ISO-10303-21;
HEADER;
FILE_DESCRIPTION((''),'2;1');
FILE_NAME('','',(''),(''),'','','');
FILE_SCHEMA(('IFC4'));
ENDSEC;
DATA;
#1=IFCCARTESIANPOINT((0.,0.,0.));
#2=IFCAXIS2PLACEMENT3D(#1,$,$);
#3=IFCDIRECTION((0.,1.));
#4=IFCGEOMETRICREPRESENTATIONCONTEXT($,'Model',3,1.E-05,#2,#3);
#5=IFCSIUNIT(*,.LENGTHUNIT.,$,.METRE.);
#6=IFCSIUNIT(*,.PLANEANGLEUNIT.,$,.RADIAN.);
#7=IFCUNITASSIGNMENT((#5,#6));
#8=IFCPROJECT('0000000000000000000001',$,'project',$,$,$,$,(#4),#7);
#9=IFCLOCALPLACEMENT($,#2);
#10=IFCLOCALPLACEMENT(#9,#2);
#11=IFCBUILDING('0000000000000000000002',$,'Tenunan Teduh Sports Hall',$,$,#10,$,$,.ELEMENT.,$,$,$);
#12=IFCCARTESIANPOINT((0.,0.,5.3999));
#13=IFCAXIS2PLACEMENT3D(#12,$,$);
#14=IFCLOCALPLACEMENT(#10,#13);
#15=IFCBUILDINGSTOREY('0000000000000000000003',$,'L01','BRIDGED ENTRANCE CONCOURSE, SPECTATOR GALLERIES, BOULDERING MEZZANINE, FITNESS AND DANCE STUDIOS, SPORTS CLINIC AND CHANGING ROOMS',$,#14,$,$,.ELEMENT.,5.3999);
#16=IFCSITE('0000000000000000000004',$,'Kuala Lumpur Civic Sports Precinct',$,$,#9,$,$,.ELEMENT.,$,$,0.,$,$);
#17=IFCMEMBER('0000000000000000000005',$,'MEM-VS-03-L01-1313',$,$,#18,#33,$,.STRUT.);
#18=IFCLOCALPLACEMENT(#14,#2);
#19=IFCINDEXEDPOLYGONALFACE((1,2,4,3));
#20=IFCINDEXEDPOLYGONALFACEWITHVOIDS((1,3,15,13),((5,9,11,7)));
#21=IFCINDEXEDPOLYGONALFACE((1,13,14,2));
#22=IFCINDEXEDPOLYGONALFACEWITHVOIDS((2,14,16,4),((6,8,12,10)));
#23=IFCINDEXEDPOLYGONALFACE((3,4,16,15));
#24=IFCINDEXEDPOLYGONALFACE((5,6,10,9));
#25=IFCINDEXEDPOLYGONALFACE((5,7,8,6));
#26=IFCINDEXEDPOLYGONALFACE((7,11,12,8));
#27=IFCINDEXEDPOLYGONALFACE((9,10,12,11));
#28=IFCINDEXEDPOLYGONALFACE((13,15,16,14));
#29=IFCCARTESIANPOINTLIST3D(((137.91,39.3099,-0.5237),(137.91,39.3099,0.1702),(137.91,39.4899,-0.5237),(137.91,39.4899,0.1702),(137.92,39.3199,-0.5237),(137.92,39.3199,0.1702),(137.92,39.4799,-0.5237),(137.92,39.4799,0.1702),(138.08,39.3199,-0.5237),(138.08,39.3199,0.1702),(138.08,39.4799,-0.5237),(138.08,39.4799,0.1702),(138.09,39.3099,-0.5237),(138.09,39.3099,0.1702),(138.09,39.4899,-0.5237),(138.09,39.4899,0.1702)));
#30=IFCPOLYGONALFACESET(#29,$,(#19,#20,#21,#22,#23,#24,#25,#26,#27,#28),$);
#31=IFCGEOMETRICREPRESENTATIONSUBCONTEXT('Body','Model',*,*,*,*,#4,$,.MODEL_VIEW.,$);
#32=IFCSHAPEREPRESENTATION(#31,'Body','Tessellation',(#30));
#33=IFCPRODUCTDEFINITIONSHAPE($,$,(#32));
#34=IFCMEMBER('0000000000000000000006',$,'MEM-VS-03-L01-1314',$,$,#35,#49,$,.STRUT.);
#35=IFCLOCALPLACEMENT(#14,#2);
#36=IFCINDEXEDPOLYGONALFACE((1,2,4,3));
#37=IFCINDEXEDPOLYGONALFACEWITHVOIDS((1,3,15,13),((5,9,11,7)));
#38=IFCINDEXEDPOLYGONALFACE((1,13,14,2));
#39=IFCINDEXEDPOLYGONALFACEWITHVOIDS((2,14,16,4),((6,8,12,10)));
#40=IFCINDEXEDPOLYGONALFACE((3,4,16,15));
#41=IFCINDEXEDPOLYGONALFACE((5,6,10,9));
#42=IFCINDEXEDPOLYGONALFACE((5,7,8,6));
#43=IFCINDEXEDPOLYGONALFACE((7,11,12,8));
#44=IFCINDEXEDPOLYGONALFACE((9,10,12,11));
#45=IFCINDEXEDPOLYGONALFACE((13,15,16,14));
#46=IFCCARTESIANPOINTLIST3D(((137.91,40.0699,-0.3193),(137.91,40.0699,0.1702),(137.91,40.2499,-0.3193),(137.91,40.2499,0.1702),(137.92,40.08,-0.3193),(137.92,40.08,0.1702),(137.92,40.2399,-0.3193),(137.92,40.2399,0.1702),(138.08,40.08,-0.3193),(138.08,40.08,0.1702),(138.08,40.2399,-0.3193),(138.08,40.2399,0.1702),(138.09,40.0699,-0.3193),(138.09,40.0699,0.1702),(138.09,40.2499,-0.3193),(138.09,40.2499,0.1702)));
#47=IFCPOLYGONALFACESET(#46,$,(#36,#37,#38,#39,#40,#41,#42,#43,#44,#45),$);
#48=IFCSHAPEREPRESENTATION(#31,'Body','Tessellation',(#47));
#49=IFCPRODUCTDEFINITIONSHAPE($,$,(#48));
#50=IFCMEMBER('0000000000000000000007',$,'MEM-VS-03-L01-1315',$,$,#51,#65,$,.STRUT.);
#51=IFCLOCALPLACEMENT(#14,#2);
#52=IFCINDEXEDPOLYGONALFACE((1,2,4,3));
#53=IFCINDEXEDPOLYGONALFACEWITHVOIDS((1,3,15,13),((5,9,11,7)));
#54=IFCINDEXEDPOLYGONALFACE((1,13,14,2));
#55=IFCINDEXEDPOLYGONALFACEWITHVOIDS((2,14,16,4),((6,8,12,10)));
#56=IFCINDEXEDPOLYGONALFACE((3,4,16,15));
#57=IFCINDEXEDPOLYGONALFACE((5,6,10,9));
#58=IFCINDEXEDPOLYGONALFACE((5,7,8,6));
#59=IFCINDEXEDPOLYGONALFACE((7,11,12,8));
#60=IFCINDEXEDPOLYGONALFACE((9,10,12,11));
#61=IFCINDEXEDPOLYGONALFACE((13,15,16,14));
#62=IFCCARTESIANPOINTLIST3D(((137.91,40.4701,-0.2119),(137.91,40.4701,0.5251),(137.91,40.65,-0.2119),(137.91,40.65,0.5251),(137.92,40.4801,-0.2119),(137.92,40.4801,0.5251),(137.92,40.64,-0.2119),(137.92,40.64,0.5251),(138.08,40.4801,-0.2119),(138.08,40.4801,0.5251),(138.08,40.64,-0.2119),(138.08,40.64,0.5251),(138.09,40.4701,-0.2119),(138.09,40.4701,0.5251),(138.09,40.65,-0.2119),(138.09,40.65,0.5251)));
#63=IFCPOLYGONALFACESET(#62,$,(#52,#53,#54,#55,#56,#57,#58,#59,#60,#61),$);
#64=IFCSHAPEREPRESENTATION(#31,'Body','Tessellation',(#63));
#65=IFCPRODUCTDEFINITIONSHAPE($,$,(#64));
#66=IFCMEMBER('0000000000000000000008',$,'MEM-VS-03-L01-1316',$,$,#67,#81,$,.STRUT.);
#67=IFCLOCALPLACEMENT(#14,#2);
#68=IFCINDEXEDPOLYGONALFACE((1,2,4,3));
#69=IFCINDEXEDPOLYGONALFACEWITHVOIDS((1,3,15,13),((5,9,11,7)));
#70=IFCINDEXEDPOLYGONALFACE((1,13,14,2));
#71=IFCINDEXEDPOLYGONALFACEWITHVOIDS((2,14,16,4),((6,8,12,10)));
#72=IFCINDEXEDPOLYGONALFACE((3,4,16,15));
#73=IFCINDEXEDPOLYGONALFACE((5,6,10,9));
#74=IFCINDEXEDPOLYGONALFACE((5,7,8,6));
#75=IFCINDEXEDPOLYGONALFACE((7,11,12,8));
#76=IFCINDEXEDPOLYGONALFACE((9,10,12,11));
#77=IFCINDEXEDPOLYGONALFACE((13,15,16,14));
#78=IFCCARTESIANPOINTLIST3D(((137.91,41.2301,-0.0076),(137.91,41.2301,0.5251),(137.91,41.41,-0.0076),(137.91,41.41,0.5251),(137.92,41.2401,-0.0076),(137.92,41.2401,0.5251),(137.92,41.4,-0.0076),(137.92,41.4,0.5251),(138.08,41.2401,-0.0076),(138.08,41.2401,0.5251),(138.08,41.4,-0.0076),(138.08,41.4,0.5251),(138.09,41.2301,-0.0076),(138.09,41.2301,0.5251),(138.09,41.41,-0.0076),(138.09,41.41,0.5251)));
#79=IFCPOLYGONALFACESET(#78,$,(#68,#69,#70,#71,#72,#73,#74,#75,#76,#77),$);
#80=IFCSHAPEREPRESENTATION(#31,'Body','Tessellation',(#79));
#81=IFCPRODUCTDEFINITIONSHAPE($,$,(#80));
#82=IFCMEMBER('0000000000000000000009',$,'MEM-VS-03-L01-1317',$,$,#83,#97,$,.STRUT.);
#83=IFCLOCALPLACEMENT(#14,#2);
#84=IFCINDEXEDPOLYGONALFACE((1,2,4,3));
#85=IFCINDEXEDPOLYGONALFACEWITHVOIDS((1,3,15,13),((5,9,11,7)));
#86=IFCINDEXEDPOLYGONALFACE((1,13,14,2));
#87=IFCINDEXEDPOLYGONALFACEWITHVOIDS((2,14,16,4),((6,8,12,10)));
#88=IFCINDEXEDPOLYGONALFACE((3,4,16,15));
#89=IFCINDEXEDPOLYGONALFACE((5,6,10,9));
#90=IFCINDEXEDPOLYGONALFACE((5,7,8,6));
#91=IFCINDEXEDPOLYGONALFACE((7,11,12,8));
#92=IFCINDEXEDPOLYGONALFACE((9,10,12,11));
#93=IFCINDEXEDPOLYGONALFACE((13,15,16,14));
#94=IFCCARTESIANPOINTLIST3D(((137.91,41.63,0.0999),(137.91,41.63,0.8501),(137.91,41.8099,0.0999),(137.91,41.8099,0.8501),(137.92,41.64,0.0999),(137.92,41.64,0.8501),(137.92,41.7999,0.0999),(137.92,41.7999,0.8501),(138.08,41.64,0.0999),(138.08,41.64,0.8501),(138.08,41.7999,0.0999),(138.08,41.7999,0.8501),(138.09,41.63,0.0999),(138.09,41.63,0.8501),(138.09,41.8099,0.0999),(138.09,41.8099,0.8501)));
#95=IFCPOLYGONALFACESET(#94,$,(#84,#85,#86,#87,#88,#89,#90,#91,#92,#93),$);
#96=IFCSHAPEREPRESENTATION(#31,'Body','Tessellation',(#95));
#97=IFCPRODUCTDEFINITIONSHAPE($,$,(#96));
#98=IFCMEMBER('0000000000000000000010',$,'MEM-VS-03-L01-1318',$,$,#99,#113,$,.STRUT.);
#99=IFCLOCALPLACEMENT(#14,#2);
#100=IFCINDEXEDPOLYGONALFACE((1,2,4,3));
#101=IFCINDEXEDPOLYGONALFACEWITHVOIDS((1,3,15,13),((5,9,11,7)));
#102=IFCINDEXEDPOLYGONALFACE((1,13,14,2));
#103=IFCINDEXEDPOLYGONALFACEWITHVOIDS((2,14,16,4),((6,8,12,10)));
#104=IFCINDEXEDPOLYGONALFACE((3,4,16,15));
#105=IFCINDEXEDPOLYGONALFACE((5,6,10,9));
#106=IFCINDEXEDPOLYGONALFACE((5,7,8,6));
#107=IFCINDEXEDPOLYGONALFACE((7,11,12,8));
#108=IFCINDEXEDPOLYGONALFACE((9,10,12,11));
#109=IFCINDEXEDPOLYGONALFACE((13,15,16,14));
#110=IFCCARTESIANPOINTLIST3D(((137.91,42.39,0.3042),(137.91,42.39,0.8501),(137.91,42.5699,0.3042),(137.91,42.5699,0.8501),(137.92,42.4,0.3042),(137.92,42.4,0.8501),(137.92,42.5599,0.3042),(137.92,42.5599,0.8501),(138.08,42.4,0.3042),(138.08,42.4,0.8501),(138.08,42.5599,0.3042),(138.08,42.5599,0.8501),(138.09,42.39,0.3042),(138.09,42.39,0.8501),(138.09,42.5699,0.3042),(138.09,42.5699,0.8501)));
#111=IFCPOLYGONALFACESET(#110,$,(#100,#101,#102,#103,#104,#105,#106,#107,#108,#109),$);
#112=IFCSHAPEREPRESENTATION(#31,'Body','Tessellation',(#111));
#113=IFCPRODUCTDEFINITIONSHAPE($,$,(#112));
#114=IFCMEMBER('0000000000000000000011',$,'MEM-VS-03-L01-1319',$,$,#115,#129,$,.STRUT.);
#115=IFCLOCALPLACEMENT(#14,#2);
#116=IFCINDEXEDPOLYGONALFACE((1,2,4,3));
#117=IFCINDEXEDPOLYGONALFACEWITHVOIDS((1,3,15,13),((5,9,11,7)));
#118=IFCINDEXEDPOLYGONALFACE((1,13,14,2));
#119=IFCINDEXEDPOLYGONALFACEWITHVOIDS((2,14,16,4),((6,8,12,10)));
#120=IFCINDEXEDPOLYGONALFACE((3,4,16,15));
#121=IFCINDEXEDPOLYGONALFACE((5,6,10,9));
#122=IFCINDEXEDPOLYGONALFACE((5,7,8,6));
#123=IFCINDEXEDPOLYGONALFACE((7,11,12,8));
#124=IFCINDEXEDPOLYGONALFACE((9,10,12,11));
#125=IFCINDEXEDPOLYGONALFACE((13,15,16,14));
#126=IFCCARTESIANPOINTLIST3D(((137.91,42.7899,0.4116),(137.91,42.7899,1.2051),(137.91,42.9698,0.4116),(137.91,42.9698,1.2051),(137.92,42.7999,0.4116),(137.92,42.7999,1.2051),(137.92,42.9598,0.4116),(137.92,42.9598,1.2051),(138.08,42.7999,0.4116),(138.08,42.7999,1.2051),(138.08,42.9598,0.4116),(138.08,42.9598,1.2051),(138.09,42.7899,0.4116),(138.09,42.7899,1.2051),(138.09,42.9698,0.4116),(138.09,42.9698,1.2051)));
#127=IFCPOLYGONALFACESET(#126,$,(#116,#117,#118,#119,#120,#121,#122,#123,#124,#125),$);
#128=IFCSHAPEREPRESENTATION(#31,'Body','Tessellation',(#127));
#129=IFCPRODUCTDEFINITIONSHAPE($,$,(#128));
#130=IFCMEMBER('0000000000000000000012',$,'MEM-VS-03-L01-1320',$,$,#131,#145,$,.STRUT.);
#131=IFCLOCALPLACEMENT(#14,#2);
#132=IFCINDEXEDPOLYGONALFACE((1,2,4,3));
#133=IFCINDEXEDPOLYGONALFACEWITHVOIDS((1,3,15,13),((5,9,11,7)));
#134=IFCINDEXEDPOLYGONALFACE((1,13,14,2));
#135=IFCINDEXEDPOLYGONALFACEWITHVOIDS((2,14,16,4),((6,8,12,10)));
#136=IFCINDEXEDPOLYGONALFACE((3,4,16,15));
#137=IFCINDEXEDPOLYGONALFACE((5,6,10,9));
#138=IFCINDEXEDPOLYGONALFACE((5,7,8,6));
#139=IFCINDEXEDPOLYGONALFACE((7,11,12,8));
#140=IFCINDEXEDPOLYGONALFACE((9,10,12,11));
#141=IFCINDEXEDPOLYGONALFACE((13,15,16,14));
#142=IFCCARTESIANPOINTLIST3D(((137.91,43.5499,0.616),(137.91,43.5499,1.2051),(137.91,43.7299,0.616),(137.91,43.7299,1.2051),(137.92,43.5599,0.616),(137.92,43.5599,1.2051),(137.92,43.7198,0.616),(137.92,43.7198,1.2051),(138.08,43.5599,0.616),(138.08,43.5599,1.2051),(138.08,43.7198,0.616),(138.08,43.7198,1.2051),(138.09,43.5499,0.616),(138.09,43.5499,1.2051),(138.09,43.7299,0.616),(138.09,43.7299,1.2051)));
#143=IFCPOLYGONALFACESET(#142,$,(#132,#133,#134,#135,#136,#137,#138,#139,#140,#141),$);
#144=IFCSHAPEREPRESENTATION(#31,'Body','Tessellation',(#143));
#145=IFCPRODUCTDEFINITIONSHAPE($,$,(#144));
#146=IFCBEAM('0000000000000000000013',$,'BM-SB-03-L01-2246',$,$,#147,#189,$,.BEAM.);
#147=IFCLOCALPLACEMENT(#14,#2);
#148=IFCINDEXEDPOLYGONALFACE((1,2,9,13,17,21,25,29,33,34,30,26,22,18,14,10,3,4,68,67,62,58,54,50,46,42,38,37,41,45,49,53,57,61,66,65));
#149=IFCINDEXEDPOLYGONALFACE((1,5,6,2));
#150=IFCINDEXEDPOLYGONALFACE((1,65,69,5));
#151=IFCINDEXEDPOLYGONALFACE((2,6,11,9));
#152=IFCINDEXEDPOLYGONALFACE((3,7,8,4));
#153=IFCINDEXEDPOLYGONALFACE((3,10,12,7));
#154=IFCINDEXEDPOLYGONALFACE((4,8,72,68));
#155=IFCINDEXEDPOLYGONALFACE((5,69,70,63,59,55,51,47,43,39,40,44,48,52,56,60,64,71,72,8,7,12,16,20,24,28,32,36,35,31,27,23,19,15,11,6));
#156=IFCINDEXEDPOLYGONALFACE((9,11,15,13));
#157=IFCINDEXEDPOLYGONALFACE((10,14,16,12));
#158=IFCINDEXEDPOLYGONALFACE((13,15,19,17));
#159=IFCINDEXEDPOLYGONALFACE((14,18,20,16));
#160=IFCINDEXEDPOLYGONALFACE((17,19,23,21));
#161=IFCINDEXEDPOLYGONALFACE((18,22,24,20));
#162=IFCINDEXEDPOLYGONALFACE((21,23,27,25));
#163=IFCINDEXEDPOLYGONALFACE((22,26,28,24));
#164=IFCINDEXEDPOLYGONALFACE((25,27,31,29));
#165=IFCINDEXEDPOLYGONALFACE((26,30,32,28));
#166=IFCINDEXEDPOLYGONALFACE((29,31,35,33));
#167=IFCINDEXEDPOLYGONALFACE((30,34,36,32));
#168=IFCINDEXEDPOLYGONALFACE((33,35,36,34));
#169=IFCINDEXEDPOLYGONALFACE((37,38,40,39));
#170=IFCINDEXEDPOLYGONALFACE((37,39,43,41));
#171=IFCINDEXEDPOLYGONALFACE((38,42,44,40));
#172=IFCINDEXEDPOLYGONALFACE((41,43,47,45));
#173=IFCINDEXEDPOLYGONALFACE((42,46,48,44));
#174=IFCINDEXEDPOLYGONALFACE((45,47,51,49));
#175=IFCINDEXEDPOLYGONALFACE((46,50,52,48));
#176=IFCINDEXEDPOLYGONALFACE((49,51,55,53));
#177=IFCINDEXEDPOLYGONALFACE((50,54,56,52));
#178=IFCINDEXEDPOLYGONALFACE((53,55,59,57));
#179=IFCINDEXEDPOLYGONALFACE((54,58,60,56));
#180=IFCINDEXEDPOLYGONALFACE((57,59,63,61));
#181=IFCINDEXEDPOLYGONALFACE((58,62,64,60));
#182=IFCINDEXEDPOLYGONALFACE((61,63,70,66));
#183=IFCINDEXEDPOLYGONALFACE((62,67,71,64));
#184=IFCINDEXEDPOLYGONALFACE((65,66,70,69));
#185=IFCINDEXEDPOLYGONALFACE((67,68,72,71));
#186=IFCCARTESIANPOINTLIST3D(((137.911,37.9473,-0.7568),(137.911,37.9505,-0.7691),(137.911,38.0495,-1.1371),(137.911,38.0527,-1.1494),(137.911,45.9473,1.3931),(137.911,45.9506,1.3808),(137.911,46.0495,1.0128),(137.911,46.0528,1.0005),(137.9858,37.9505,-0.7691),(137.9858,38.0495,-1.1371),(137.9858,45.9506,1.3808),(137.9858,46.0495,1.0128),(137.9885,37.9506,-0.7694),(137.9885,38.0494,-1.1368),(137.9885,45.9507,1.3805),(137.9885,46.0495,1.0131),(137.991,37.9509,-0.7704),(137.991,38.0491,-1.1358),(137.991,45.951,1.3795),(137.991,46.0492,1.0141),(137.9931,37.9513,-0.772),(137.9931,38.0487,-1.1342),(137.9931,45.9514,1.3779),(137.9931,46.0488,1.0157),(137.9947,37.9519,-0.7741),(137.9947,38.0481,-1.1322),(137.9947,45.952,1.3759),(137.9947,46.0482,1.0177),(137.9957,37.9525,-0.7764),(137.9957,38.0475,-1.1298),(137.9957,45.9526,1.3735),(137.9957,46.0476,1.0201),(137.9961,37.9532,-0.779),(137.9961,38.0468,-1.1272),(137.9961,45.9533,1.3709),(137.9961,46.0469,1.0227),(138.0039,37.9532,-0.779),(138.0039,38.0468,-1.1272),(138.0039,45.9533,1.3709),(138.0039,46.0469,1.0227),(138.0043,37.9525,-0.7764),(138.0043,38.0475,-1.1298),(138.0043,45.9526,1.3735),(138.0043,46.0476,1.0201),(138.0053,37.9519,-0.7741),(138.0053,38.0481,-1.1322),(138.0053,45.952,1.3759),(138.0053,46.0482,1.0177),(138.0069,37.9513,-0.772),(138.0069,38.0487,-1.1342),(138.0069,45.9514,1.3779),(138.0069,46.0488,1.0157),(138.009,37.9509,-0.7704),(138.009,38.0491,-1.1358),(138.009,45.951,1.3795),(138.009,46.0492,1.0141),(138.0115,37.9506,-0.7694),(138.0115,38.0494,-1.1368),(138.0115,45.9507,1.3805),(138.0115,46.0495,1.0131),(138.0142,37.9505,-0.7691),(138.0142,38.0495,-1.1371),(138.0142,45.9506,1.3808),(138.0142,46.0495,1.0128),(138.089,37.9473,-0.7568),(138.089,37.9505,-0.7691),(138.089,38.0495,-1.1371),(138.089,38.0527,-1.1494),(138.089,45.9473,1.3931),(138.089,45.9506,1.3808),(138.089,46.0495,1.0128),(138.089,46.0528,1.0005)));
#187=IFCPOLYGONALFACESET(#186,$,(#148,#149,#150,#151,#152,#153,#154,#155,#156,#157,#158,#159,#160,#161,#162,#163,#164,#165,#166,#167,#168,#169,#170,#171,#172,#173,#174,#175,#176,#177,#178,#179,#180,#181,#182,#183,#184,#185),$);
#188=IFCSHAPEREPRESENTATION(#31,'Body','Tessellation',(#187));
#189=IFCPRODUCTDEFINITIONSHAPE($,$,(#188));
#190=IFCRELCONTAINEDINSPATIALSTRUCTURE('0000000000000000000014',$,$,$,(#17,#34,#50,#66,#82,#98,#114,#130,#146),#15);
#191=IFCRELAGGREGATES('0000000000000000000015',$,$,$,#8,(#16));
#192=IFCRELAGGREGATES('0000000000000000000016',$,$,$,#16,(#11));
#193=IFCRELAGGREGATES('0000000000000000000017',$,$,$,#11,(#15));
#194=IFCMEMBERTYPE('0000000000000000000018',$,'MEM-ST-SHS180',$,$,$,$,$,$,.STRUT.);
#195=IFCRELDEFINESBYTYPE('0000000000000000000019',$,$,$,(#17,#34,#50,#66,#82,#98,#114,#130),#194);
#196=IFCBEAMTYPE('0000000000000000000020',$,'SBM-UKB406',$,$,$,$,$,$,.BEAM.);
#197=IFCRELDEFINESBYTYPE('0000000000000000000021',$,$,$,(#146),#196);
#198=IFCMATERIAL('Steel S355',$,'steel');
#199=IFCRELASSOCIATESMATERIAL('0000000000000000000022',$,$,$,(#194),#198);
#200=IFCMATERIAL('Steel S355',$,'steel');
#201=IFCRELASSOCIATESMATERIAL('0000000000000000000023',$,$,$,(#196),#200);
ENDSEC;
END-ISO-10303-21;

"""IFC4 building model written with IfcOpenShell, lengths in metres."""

from ifc_helpers import new_model, si_unit, direction, frame, origin, origin_2d, place, context, subcontext, project, spatial, hollow_rectangle, i_section, extrude, material, material_profile, profile_set, type_object, element, save


model = new_model("IFC4")

# Units and contexts
model_context = context("Model", 3, precision=1e-05, world=origin(), true_north=direction((0.0, 1.0)))
body_context = subcontext(model_context, "Body", "Model", "MODEL_VIEW")
ifc_project = project(units=[si_unit("LENGTHUNIT", "METRE"), si_unit("PLANEANGLEUNIT", "RADIAN")], contexts=[model_context])

# Site, building, storey
site_placement = place(None, origin())
site = spatial("IfcSite", under=ifc_project, at=site_placement, Name="Kuala Lumpur Civic Sports Precinct", CompositionType="ELEMENT", RefElevation=0.0)
building_placement = place(site_placement, origin())
building = spatial("IfcBuilding", under=site, at=building_placement, Name="Tenunan Teduh Sports Hall", CompositionType="ELEMENT")
storey_placement = place(building_placement, frame((0.0, 0.0, 5.3999)))
storey = spatial("IfcBuildingStorey", under=building, at=storey_placement, Name="L01", Description="BRIDGED ENTRANCE CONCOURSE, SPECTATOR GALLERIES, BOULDERING MEZZANINE, FITNESS AND DANCE STUDIOS, SPORTS CLINIC AND CHANGING ROOMS", CompositionType="ELEMENT", Elevation=5.3999)

# Members
ifc_material_1 = material(Name="Steel S355", Category="steel")
ifc_material_profile_1 = material_profile(ifc_material_1, hollow_rectangle(XDim=0.1799, YDim=0.1799, WallThickness=0.01, at=origin_2d()), Name="SHS 180x180x10.0")
ifc_profile_set_1 = profile_set([ifc_material_profile_1], Name="Steel S355")
member_type = type_object("IfcMemberType", Name="MEM-ST-SHS180", PredefinedType="STRUT", material=ifc_profile_set_1)
member_1_placement = place(storey_placement, frame((138.0, 39.3999, -0.5237), z_axis=(0.0, 0.0, 1.0), x_axis=(1.0, 0.0, 0.0)))
element("IfcMember", 1, at=member_1_placement, inside=storey, type_object=member_type, Name="MEM-VS-03-L01-1313", PredefinedType="STRUT", context=body_context, shape_type="SweptSolid", body=[
    extrude(hollow_rectangle(XDim=0.1799, YDim=0.1799, WallThickness=0.01, at=origin_2d()), origin(), (0.0, 0.0, 1.0), 0.6938),
])
member_2_placement = place(storey_placement, frame((138.0, 40.1599, -0.3193), z_axis=(0.0, 0.0, 1.0), x_axis=(1.0, 0.0, 0.0)))
element("IfcMember", 2, at=member_2_placement, inside=storey, type_object=member_type, Name="MEM-VS-03-L01-1314", PredefinedType="STRUT", context=body_context, shape_type="SweptSolid", body=[
    extrude(hollow_rectangle(XDim=0.1799, YDim=0.1799, WallThickness=0.01, at=origin_2d()), origin(), (0.0, 0.0, 1.0), 0.4895),
])
member_3_placement = place(storey_placement, frame((138.0, 40.5601, -0.2119), z_axis=(0.0, 0.0, 1.0), x_axis=(1.0, 0.0, 0.0)))
element("IfcMember", 3, at=member_3_placement, inside=storey, type_object=member_type, Name="MEM-VS-03-L01-1315", PredefinedType="STRUT", context=body_context, shape_type="SweptSolid", body=[
    extrude(hollow_rectangle(XDim=0.1799, YDim=0.1799, WallThickness=0.01, at=origin_2d()), origin(), (0.0, 0.0, 1.0), 0.7371),
])
member_4_placement = place(storey_placement, frame((138.0, 41.3201, -0.0076), z_axis=(0.0, 0.0, 1.0), x_axis=(1.0, 0.0, 0.0)))
element("IfcMember", 4, at=member_4_placement, inside=storey, type_object=member_type, Name="MEM-VS-03-L01-1316", PredefinedType="STRUT", context=body_context, shape_type="SweptSolid", body=[
    extrude(hollow_rectangle(XDim=0.1799, YDim=0.1799, WallThickness=0.01, at=origin_2d()), origin(), (0.0, 0.0, 1.0), 0.5327),
])
member_5_placement = place(storey_placement, frame((138.0, 41.72, 0.0999), z_axis=(0.0, 0.0, 1.0), x_axis=(1.0, 0.0, 0.0)))
element("IfcMember", 5, at=member_5_placement, inside=storey, type_object=member_type, Name="MEM-VS-03-L01-1317", PredefinedType="STRUT", context=body_context, shape_type="SweptSolid", body=[
    extrude(hollow_rectangle(XDim=0.1799, YDim=0.1799, WallThickness=0.01, at=origin_2d()), origin(), (0.0, 0.0, 1.0), 0.7502),
])
member_6_placement = place(storey_placement, frame((138.0, 42.48, 0.3042), z_axis=(0.0, 0.0, 1.0), x_axis=(1.0, 0.0, 0.0)))
element("IfcMember", 6, at=member_6_placement, inside=storey, type_object=member_type, Name="MEM-VS-03-L01-1318", PredefinedType="STRUT", context=body_context, shape_type="SweptSolid", body=[
    extrude(hollow_rectangle(XDim=0.1799, YDim=0.1799, WallThickness=0.01, at=origin_2d()), origin(), (0.0, 0.0, 1.0), 0.5459),
])
member_7_placement = place(storey_placement, frame((138.0, 42.8799, 0.4116), z_axis=(0.0, 0.0, 1.0), x_axis=(1.0, 0.0, 0.0)))
element("IfcMember", 7, at=member_7_placement, inside=storey, type_object=member_type, Name="MEM-VS-03-L01-1319", PredefinedType="STRUT", context=body_context, shape_type="SweptSolid", body=[
    extrude(hollow_rectangle(XDim=0.1799, YDim=0.1799, WallThickness=0.01, at=origin_2d()), origin(), (0.0, 0.0, 1.0), 0.7935),
])
member_8_placement = place(storey_placement, frame((138.0, 43.6399, 0.616), z_axis=(0.0, 0.0, 1.0), x_axis=(1.0, 0.0, 0.0)))
element("IfcMember", 8, at=member_8_placement, inside=storey, type_object=member_type, Name="MEM-VS-03-L01-1320", PredefinedType="STRUT", context=body_context, shape_type="SweptSolid", body=[
    extrude(hollow_rectangle(XDim=0.1799, YDim=0.1799, WallThickness=0.01, at=origin_2d()), origin(), (0.0, 0.0, 1.0), 0.5891),
])

# Beam
ifc_material_2 = material(Name="Steel S355", Category="steel")
ifc_material_profile_2 = material_profile(ifc_material_2, i_section(OverallWidth=0.178, OverallDepth=0.4065, WebThickness=0.0078, FlangeThickness=0.0127, FilletRadius=0.0103, at=origin_2d()), Name="UKB 406x178x60")
ifc_profile_set_2 = profile_set([ifc_material_profile_2], Name="Steel S355")
beam_type_1 = type_object("IfcBeamType", Name="SBM-UKB406", PredefinedType="BEAM", material=ifc_profile_set_2)
beam_1_placement = place(storey_placement, frame((138.0, 38.0, -0.9531), z_axis=(0.0, 0.965735, 0.25953), x_axis=(-1.0, 0.0, 0.0)))
element("IfcBeam", 9, at=beam_1_placement, inside=storey, type_object=beam_type_1, Name="BM-SB-03-L01-2246", PredefinedType="BEAM", context=body_context, shape_type="SweptSolid", body=[
    extrude(i_section(OverallWidth=0.178, OverallDepth=0.4065, WebThickness=0.0078, FlangeThickness=0.0127, FilletRadius=0.0103, at=origin_2d()), origin(), (0.0, 0.0, 1.0), 8.2839),
])

save(model, "model.ifc")
